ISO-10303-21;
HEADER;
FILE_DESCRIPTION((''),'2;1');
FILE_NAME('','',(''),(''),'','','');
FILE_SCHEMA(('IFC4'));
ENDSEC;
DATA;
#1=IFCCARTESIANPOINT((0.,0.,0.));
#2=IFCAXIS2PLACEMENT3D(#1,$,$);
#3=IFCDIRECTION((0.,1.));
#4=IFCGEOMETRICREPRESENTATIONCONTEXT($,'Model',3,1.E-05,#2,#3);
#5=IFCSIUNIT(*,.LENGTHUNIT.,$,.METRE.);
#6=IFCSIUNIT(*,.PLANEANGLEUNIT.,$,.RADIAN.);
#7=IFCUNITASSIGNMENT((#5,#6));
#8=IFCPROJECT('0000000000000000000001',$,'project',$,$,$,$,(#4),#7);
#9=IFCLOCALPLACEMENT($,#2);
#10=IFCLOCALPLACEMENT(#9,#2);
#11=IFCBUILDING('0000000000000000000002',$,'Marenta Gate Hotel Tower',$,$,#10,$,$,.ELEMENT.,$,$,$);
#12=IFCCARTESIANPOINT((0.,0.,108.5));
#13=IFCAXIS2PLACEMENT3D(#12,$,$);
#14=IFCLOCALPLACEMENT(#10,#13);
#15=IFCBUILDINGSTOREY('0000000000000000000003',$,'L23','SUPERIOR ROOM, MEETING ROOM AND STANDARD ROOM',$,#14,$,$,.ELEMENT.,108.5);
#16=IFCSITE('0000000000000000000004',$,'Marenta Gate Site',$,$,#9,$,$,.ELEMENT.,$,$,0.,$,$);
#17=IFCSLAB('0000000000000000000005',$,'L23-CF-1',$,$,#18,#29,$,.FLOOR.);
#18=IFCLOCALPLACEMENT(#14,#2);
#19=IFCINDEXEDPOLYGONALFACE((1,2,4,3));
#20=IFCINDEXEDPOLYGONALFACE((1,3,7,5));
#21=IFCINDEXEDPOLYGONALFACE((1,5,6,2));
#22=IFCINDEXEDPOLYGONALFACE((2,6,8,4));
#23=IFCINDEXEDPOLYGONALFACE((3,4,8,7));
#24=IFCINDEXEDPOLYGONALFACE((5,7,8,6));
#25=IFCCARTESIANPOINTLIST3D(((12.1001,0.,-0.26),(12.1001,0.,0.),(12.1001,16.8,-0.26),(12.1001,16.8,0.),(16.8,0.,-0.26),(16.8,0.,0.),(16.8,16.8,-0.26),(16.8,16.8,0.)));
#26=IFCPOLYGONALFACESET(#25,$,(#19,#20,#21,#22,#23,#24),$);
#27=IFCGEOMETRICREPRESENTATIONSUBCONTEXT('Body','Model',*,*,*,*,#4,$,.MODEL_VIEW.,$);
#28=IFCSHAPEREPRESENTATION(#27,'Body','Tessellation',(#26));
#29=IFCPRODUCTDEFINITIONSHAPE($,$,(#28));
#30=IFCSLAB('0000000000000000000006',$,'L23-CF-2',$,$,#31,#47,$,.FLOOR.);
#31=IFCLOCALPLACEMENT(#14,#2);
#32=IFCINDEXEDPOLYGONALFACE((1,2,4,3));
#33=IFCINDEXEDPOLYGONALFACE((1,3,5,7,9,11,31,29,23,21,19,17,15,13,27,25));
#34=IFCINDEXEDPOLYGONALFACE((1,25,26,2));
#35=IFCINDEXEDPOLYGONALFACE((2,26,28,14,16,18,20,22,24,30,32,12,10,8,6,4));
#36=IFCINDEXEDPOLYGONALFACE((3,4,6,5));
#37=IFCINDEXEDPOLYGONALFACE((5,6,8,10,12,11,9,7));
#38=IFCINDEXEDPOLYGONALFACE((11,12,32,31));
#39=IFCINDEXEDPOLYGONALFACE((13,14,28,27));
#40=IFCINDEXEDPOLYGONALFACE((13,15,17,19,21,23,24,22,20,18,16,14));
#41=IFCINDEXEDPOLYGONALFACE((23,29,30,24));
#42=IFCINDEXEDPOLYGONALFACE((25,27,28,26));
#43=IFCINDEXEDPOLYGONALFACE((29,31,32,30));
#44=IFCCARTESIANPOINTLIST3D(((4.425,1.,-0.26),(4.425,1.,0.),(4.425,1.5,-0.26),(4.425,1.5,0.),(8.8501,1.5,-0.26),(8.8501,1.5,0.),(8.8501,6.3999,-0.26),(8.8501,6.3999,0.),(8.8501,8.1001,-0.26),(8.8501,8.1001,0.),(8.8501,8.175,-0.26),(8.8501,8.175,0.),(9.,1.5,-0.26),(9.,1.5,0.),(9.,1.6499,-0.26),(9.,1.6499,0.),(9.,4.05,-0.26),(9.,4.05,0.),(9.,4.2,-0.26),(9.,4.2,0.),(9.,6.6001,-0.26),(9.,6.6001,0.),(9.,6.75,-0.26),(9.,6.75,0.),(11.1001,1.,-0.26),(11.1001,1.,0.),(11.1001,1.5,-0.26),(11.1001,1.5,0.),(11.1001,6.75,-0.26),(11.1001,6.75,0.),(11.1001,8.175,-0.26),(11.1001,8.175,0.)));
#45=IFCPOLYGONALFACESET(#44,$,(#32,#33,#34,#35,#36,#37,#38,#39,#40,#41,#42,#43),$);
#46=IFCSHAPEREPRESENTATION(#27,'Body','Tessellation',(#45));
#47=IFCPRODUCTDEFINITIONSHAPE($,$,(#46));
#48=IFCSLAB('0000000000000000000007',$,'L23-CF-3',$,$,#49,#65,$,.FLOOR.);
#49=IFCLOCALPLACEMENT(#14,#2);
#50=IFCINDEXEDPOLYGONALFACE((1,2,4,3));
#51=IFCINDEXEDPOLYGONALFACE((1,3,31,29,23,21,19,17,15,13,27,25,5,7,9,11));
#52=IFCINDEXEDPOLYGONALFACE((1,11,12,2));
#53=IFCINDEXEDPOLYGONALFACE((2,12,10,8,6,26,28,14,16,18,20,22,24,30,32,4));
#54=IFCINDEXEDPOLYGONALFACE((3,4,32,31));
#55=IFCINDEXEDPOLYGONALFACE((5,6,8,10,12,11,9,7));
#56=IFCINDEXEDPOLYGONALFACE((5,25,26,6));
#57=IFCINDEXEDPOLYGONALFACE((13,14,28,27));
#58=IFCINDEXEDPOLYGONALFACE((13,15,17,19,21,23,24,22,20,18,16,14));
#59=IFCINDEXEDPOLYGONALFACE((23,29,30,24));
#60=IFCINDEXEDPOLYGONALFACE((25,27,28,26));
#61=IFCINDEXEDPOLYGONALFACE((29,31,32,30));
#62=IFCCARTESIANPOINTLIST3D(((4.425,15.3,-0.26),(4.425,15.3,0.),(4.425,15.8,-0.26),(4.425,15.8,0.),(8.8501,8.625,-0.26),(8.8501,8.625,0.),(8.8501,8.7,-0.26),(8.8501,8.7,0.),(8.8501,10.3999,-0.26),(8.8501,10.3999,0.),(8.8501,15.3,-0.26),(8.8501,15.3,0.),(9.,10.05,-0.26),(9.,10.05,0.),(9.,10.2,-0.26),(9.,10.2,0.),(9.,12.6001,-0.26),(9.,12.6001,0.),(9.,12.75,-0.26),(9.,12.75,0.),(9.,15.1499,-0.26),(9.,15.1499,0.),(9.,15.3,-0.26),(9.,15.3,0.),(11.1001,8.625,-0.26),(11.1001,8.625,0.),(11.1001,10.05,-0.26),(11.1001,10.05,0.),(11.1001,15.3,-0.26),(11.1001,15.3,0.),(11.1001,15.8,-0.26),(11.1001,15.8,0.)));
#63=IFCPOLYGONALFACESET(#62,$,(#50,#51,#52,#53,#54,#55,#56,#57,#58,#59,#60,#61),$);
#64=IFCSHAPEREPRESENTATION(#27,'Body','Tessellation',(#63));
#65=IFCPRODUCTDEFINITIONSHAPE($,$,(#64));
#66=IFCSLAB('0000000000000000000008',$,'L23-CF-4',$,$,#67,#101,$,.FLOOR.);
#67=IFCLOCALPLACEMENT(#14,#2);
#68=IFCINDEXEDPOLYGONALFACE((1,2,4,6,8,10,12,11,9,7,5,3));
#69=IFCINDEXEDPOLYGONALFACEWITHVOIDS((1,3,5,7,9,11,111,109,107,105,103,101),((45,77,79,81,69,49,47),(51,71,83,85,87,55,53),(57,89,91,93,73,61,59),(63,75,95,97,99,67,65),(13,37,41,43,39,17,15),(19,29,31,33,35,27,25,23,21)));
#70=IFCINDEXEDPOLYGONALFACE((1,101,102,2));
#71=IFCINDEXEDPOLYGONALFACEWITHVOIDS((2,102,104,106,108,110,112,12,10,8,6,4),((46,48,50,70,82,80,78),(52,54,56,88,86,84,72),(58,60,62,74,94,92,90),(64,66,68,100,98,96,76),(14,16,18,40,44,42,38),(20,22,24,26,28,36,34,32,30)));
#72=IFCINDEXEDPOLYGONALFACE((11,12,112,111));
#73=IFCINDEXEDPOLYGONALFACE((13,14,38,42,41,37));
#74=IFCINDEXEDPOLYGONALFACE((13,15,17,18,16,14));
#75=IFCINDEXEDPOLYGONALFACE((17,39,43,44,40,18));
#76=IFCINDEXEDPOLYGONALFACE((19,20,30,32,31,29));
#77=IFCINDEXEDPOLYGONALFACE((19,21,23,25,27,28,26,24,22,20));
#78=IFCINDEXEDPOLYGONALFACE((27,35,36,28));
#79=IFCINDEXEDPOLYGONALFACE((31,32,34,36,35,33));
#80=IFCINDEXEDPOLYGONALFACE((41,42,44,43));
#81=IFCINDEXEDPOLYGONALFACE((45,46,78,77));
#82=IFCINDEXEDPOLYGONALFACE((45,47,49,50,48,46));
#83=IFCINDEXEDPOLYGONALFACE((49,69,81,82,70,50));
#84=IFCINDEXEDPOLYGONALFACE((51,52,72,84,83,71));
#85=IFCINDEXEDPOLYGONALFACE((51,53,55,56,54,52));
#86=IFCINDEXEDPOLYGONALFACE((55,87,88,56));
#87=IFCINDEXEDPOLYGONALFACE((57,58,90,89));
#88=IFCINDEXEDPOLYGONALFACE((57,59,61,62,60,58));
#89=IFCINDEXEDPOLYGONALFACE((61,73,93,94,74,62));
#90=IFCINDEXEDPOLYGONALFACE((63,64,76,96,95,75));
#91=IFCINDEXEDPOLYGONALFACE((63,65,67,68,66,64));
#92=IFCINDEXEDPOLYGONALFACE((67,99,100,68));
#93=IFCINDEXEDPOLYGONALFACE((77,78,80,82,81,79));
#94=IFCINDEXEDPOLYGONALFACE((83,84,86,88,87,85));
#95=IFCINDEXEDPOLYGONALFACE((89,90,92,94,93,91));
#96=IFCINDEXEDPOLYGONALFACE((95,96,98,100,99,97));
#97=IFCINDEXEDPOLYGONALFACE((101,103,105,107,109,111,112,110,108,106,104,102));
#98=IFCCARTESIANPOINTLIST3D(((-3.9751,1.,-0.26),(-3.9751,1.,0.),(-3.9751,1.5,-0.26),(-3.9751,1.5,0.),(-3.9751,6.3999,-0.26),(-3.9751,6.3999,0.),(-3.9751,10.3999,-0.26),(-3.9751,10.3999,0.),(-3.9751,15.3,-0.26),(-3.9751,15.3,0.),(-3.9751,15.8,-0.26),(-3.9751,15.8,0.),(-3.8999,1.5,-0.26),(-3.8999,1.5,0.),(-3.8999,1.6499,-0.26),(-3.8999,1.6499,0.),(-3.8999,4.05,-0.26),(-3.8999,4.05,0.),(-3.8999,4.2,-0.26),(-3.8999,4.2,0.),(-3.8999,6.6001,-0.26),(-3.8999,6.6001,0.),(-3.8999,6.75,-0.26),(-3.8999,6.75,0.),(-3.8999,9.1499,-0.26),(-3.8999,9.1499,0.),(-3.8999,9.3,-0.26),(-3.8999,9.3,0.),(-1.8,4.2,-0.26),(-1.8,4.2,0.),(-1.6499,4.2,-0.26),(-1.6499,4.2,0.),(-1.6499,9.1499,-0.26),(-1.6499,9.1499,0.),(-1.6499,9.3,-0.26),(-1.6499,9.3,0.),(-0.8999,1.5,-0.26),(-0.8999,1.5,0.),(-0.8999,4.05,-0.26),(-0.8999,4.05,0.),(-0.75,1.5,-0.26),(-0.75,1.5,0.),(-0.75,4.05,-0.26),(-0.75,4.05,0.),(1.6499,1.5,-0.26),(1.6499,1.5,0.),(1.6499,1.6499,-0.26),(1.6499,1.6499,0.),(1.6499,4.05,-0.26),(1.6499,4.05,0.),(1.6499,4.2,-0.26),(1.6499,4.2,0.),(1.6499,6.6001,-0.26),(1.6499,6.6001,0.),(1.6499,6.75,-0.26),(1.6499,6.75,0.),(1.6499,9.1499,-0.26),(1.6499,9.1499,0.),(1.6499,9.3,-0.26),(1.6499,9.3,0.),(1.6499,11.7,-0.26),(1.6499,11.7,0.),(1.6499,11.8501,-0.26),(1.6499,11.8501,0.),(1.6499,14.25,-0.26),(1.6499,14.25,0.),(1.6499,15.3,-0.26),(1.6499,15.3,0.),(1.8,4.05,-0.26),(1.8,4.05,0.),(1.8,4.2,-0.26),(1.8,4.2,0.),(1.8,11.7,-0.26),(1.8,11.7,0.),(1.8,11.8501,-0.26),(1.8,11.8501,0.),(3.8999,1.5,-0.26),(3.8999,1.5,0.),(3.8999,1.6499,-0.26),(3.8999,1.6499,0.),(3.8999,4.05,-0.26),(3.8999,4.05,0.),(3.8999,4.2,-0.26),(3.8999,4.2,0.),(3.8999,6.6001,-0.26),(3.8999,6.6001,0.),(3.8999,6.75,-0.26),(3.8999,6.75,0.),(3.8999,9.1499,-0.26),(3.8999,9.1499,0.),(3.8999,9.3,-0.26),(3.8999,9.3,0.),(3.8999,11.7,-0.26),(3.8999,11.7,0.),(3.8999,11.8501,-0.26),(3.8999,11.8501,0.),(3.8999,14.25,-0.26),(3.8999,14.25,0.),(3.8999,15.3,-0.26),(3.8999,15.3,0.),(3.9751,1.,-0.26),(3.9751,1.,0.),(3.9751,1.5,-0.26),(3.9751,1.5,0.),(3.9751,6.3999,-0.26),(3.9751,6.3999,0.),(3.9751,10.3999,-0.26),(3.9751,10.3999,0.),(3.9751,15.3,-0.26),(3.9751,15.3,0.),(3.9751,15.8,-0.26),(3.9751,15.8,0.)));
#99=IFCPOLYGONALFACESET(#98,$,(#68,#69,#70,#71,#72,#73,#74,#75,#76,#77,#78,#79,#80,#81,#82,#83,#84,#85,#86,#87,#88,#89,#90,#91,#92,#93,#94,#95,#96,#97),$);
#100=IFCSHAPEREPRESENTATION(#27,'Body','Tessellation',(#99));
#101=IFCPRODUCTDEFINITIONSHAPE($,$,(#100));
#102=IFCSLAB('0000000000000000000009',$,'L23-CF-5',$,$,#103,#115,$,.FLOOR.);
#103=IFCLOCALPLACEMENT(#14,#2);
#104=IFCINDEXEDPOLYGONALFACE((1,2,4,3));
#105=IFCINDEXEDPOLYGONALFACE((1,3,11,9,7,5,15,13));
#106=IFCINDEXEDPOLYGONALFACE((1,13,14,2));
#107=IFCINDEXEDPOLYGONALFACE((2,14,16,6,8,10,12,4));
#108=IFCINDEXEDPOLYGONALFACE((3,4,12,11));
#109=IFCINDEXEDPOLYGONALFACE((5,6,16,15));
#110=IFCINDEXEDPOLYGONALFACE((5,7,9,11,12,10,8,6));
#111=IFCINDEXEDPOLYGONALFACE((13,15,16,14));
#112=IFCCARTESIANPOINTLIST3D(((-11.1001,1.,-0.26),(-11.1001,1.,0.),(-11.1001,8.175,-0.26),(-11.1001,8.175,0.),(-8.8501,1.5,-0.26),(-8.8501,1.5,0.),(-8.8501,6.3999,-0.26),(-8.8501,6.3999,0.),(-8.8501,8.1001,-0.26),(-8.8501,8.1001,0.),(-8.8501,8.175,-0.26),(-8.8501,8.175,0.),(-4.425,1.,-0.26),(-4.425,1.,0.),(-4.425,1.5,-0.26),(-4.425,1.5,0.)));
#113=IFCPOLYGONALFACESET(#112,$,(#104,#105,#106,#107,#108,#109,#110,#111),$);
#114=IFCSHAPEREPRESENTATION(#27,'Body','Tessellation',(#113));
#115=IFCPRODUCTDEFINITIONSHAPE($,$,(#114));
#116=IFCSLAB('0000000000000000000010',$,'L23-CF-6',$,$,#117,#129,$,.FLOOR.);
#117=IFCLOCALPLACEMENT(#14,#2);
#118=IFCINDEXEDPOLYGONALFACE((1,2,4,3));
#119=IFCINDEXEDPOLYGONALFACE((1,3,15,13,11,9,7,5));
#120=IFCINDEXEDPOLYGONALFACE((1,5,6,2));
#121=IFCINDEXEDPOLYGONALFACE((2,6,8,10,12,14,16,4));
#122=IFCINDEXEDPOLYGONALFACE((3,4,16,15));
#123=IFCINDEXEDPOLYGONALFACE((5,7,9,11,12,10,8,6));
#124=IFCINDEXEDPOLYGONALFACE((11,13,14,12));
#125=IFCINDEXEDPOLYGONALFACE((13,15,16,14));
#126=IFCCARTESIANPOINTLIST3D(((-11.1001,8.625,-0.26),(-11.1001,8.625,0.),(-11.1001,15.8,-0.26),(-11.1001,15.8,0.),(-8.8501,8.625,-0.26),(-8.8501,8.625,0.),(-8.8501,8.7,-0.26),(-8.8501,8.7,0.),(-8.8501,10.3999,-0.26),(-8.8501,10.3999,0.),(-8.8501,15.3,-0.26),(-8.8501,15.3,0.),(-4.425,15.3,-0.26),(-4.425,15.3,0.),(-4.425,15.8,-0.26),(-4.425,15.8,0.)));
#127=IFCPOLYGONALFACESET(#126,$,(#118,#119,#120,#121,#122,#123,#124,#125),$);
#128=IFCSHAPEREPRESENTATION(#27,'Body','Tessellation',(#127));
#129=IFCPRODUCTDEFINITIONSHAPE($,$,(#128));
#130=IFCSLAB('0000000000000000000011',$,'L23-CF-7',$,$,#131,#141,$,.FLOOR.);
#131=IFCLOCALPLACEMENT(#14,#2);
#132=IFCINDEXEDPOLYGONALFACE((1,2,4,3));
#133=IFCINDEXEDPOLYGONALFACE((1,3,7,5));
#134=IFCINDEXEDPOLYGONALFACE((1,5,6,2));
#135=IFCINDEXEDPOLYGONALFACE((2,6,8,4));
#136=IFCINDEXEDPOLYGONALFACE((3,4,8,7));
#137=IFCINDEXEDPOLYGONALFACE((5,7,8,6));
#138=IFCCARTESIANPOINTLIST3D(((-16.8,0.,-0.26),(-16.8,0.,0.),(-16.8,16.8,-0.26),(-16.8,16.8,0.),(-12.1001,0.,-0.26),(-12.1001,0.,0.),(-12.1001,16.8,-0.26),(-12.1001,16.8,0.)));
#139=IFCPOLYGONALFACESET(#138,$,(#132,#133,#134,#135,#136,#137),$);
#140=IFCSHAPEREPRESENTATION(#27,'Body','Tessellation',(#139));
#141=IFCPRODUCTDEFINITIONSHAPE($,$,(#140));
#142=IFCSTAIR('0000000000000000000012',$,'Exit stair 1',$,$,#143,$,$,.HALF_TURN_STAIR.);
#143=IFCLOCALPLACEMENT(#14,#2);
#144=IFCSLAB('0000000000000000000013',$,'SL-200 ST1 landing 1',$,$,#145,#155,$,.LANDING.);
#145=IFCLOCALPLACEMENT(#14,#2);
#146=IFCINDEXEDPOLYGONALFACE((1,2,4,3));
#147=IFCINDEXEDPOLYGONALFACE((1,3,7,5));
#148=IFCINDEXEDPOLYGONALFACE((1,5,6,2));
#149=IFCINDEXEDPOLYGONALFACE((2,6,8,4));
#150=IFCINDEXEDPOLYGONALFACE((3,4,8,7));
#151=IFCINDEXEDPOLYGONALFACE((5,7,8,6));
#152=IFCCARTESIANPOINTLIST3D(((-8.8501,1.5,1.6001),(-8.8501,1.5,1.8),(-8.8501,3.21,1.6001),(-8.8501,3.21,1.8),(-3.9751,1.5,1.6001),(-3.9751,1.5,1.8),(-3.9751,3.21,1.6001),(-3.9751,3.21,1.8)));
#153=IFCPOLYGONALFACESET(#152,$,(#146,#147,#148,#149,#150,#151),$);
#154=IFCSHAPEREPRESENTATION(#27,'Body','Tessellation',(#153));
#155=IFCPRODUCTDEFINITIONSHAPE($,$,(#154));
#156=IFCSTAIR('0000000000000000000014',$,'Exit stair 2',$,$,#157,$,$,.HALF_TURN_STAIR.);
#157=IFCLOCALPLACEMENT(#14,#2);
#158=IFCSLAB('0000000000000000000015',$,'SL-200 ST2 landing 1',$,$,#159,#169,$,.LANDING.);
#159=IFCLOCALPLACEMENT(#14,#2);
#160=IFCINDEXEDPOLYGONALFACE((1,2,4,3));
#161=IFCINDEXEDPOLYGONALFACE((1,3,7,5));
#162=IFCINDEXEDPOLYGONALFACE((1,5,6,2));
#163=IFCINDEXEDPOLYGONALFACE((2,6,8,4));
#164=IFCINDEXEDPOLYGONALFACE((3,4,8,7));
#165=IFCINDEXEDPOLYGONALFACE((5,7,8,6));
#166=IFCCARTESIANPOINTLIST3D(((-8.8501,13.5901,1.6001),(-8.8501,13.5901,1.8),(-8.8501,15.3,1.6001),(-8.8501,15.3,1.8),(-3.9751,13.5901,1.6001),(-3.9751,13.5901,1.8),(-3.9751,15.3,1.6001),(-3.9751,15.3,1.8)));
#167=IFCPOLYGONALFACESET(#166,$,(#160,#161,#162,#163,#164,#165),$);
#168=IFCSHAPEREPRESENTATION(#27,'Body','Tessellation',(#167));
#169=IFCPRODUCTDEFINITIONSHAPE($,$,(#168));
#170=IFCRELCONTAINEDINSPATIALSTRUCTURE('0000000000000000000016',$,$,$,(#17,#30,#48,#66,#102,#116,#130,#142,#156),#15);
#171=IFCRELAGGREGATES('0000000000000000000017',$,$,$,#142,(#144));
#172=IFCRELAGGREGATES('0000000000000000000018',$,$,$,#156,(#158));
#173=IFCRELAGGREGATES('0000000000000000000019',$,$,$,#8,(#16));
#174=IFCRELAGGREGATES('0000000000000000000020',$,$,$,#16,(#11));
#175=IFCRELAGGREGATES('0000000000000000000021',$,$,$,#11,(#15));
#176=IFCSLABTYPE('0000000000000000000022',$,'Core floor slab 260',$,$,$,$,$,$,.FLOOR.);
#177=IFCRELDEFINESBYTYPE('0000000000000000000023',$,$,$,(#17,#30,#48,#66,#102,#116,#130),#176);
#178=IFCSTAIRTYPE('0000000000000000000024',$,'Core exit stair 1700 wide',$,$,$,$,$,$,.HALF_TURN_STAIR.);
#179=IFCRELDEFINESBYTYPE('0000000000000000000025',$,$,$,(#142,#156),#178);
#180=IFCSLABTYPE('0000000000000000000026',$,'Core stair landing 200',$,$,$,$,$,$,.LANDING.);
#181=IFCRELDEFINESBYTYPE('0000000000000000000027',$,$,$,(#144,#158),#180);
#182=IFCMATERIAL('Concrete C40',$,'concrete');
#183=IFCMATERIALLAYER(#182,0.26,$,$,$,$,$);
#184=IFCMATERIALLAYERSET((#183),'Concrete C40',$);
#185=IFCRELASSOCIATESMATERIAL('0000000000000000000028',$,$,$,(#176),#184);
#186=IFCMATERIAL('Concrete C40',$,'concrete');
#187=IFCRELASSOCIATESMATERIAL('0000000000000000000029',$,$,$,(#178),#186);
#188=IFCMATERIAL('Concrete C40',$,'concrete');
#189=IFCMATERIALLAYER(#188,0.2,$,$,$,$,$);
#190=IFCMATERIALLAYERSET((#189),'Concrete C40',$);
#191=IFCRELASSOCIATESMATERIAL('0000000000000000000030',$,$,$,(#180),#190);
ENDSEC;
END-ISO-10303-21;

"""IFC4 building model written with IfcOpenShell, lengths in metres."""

from ifc_helpers import new_model, si_unit, direction, frame, origin, place, context, subcontext, project, spatial, polyline, outline, extrude, material, layer, layer_set, type_object, element, aggregate, save


model = new_model("IFC4")

# Units and contexts
model_context = context("Model", 3, precision=1e-05, world=origin(), true_north=direction((0.0, 1.0)))
body_context = subcontext(model_context, "Body", "Model", "MODEL_VIEW")
ifc_project = project(units=[si_unit("LENGTHUNIT", "METRE"), si_unit("PLANEANGLEUNIT", "RADIAN")], contexts=[model_context])

# Site, building, storey
site_placement = place(None, origin())
site = spatial("IfcSite", under=ifc_project, at=site_placement, Name="Marenta Gate Site", CompositionType="ELEMENT", RefElevation=0.0)
building_placement = place(site_placement, origin())
building = spatial("IfcBuilding", under=site, at=building_placement, Name="Marenta Gate Hotel Tower", CompositionType="ELEMENT")
storey_placement = place(building_placement, frame((0.0, 0.0, 108.5)))
storey = spatial("IfcBuildingStorey", under=building, at=storey_placement, Name="L23", Description="SUPERIOR ROOM, MEETING ROOM AND STANDARD ROOM", CompositionType="ELEMENT", Elevation=108.5)

# Slabs
ifc_material_1 = material(Name="Concrete C40", Category="concrete")
ifc_layer_1 = layer(ifc_material_1, 0.26)
ifc_layer_set_1 = layer_set([ifc_layer_1], Name="Concrete C40")
slab_type_1 = type_object("IfcSlabType", Name="Core floor slab 260", PredefinedType="FLOOR", material=ifc_layer_set_1)
slab_1_placement = place(storey_placement, frame((0.0, 0.0, -0.26)))
element("IfcSlab", 1, at=slab_1_placement, inside=storey, type_object=slab_type_1, Name="L23-CF-1", PredefinedType="FLOOR", context=body_context, shape_type="SweptSolid", body=[
    extrude(outline(polyline([(12.1001, 0.0), (12.1001, 16.8), (16.8, 16.8), (16.8, 0.0), (12.1001, 0.0)])), origin(), (0.0, 0.0, 1.0), 0.26),
])
slab_2_placement = place(storey_placement, frame((0.0, 0.0, -0.26)))
element("IfcSlab", 2, at=slab_2_placement, inside=storey, type_object=slab_type_1, Name="L23-CF-2", PredefinedType="FLOOR", context=body_context, shape_type="SweptSolid", body=[
    extrude(outline(polyline([(8.8501, 1.5), (8.8501, 6.3999), (8.8501, 8.1001), (8.8501, 8.175), (11.1001, 8.175), (11.1001, 6.75), (9.0, 6.75), (9.0, 6.6001), (9.0, 4.2), (9.0, 4.05), (9.0, 1.6499), (9.0, 1.5), (11.1001, 1.5), (11.1001, 1.0), (4.425, 1.0), (4.425, 1.5), (8.8501, 1.5)])), origin(), (0.0, 0.0, 1.0), 0.26),
])
slab_3_placement = place(storey_placement, frame((0.0, 0.0, -0.26)))
element("IfcSlab", 3, at=slab_3_placement, inside=storey, type_object=slab_type_1, Name="L23-CF-3", PredefinedType="FLOOR", context=body_context, shape_type="SweptSolid", body=[
    extrude(outline(polyline([(8.8501, 15.3), (4.425, 15.3), (4.425, 15.8), (11.1001, 15.8), (11.1001, 15.3), (9.0, 15.3), (9.0, 15.1499), (9.0, 12.75), (9.0, 12.6001), (9.0, 10.2), (9.0, 10.05), (11.1001, 10.05), (11.1001, 8.625), (8.8501, 8.625), (8.8501, 8.7), (8.8501, 10.3999), (8.8501, 15.3)])), origin(), (0.0, 0.0, 1.0), 0.26),
])
slab_4_placement = place(storey_placement, frame((0.0, 0.0, -0.26)))
element("IfcSlab", 4, at=slab_4_placement, inside=storey, type_object=slab_type_1, Name="L23-CF-4", PredefinedType="FLOOR", context=body_context, shape_type="SweptSolid", body=[
    extrude(outline(polyline([(3.9751, 15.3), (3.9751, 10.3999), (3.9751, 6.3999), (3.9751, 1.5), (3.9751, 1.0), (-3.9751, 1.0), (-3.9751, 1.5), (-3.9751, 6.3999), (-3.9751, 10.3999), (-3.9751, 15.3), (-3.9751, 15.8), (3.9751, 15.8), (3.9751, 15.3)]), holes=[polyline([(1.6499, 1.5), (3.8999, 1.5), (3.8999, 1.6499), (3.8999, 4.05), (1.8, 4.05), (1.6499, 4.05), (1.6499, 1.6499), (1.6499, 1.5)]), polyline([(1.6499, 6.6001), (1.6499, 4.2), (1.8, 4.2), (3.8999, 4.2), (3.8999, 6.6001), (3.8999, 6.75), (1.6499, 6.75), (1.6499, 6.6001)]), polyline([(1.6499, 9.1499), (3.8999, 9.1499), (3.8999, 9.3), (3.8999, 11.7), (1.8, 11.7), (1.6499, 11.7), (1.6499, 9.3), (1.6499, 9.1499)]), polyline([(1.6499, 15.3), (1.6499, 14.25), (1.6499, 11.8501), (1.8, 11.8501), (3.8999, 11.8501), (3.8999, 14.25), (3.8999, 15.3), (1.6499, 15.3)]), polyline([(-3.8999, 4.05), (-3.8999, 1.6499), (-3.8999, 1.5), (-0.8999, 1.5), (-0.75, 1.5), (-0.75, 4.05), (-0.8999, 4.05), (-3.8999, 4.05)]), polyline([(-1.8, 4.2), (-1.6499, 4.2), (-1.6499, 9.1499), (-1.6499, 9.3), (-3.8999, 9.3), (-3.8999, 9.1499), (-3.8999, 6.75), (-3.8999, 6.6001), (-3.8999, 4.2), (-1.8, 4.2)])]), origin(), (0.0, 0.0, 1.0), 0.26),
])
slab_5_placement = place(storey_placement, frame((0.0, 0.0, -0.26)))
element("IfcSlab", 5, at=slab_5_placement, inside=storey, type_object=slab_type_1, Name="L23-CF-5", PredefinedType="FLOOR", context=body_context, shape_type="SweptSolid", body=[
    extrude(outline(polyline([(-8.8501, 8.175), (-8.8501, 8.1001), (-8.8501, 6.3999), (-8.8501, 1.5), (-4.425, 1.5), (-4.425, 1.0), (-11.1001, 1.0), (-11.1001, 8.175), (-8.8501, 8.175)])), origin(), (0.0, 0.0, 1.0), 0.26),
])
slab_6_placement = place(storey_placement, frame((0.0, 0.0, -0.26)))
element("IfcSlab", 6, at=slab_6_placement, inside=storey, type_object=slab_type_1, Name="L23-CF-6", PredefinedType="FLOOR", context=body_context, shape_type="SweptSolid", body=[
    extrude(outline(polyline([(-4.425, 15.3), (-8.8501, 15.3), (-8.8501, 10.3999), (-8.8501, 8.7), (-8.8501, 8.625), (-11.1001, 8.625), (-11.1001, 15.8), (-4.425, 15.8), (-4.425, 15.3)])), origin(), (0.0, 0.0, 1.0), 0.26),
])
slab_7_placement = place(storey_placement, frame((0.0, 0.0, -0.26)))
element("IfcSlab", 7, at=slab_7_placement, inside=storey, type_object=slab_type_1, Name="L23-CF-7", PredefinedType="FLOOR", context=body_context, shape_type="SweptSolid", body=[
    extrude(outline(polyline([(-12.1001, 16.8), (-12.1001, 0.0), (-16.8, 0.0), (-16.8, 16.8), (-12.1001, 16.8)])), origin(), (0.0, 0.0, 1.0), 0.26),
])

# Stairs, slabs
ifc_material_2 = material(Name="Concrete C40", Category="concrete")
stair_type = type_object("IfcStairType", Name="Core exit stair 1700 wide", PredefinedType="HALF_TURN_STAIR", material=ifc_material_2)
stair_1_placement = place(storey_placement, origin())
stair_1 = element("IfcStair", 8, at=stair_1_placement, inside=storey, type_object=stair_type, Name="Exit stair 1", PredefinedType="HALF_TURN_STAIR")
ifc_material_3 = material(Name="Concrete C40", Category="concrete")
ifc_layer_2 = layer(ifc_material_3, 0.2)
ifc_layer_set_2 = layer_set([ifc_layer_2], Name="Concrete C40")
slab_type_2 = type_object("IfcSlabType", Name="Core stair landing 200", PredefinedType="LANDING", material=ifc_layer_set_2)
slab_8_placement = place(storey_placement, frame((0.0, 0.0, 1.6001)))
slab_8 = element("IfcSlab", 9, at=slab_8_placement, type_object=slab_type_2, Name="SL-200 ST1 landing 1", PredefinedType="LANDING", context=body_context, shape_type="SweptSolid", body=[
    extrude(outline(polyline([(-8.8501, 1.5), (-3.9751, 1.5), (-3.9751, 3.21), (-8.8501, 3.21), (-8.8501, 1.5)])), origin(), (0.0, 0.0, 1.0), 0.2),
])
aggregate(stair_1, [slab_8])
stair_2_placement = place(storey_placement, origin())
stair_2 = element("IfcStair", 10, at=stair_2_placement, inside=storey, type_object=stair_type, Name="Exit stair 2", PredefinedType="HALF_TURN_STAIR")
slab_9_placement = place(storey_placement, frame((0.0, 0.0, 1.6001)))
slab_9 = element("IfcSlab", 11, at=slab_9_placement, type_object=slab_type_2, Name="SL-200 ST2 landing 1", PredefinedType="LANDING", context=body_context, shape_type="SweptSolid", body=[
    extrude(outline(polyline([(-8.8501, 13.5901), (-3.9751, 13.5901), (-3.9751, 15.3), (-8.8501, 15.3), (-8.8501, 13.5901)])), origin(), (0.0, 0.0, 1.0), 0.2),
])
aggregate(stair_2, [slab_9])

save(model, "model.ifc")
